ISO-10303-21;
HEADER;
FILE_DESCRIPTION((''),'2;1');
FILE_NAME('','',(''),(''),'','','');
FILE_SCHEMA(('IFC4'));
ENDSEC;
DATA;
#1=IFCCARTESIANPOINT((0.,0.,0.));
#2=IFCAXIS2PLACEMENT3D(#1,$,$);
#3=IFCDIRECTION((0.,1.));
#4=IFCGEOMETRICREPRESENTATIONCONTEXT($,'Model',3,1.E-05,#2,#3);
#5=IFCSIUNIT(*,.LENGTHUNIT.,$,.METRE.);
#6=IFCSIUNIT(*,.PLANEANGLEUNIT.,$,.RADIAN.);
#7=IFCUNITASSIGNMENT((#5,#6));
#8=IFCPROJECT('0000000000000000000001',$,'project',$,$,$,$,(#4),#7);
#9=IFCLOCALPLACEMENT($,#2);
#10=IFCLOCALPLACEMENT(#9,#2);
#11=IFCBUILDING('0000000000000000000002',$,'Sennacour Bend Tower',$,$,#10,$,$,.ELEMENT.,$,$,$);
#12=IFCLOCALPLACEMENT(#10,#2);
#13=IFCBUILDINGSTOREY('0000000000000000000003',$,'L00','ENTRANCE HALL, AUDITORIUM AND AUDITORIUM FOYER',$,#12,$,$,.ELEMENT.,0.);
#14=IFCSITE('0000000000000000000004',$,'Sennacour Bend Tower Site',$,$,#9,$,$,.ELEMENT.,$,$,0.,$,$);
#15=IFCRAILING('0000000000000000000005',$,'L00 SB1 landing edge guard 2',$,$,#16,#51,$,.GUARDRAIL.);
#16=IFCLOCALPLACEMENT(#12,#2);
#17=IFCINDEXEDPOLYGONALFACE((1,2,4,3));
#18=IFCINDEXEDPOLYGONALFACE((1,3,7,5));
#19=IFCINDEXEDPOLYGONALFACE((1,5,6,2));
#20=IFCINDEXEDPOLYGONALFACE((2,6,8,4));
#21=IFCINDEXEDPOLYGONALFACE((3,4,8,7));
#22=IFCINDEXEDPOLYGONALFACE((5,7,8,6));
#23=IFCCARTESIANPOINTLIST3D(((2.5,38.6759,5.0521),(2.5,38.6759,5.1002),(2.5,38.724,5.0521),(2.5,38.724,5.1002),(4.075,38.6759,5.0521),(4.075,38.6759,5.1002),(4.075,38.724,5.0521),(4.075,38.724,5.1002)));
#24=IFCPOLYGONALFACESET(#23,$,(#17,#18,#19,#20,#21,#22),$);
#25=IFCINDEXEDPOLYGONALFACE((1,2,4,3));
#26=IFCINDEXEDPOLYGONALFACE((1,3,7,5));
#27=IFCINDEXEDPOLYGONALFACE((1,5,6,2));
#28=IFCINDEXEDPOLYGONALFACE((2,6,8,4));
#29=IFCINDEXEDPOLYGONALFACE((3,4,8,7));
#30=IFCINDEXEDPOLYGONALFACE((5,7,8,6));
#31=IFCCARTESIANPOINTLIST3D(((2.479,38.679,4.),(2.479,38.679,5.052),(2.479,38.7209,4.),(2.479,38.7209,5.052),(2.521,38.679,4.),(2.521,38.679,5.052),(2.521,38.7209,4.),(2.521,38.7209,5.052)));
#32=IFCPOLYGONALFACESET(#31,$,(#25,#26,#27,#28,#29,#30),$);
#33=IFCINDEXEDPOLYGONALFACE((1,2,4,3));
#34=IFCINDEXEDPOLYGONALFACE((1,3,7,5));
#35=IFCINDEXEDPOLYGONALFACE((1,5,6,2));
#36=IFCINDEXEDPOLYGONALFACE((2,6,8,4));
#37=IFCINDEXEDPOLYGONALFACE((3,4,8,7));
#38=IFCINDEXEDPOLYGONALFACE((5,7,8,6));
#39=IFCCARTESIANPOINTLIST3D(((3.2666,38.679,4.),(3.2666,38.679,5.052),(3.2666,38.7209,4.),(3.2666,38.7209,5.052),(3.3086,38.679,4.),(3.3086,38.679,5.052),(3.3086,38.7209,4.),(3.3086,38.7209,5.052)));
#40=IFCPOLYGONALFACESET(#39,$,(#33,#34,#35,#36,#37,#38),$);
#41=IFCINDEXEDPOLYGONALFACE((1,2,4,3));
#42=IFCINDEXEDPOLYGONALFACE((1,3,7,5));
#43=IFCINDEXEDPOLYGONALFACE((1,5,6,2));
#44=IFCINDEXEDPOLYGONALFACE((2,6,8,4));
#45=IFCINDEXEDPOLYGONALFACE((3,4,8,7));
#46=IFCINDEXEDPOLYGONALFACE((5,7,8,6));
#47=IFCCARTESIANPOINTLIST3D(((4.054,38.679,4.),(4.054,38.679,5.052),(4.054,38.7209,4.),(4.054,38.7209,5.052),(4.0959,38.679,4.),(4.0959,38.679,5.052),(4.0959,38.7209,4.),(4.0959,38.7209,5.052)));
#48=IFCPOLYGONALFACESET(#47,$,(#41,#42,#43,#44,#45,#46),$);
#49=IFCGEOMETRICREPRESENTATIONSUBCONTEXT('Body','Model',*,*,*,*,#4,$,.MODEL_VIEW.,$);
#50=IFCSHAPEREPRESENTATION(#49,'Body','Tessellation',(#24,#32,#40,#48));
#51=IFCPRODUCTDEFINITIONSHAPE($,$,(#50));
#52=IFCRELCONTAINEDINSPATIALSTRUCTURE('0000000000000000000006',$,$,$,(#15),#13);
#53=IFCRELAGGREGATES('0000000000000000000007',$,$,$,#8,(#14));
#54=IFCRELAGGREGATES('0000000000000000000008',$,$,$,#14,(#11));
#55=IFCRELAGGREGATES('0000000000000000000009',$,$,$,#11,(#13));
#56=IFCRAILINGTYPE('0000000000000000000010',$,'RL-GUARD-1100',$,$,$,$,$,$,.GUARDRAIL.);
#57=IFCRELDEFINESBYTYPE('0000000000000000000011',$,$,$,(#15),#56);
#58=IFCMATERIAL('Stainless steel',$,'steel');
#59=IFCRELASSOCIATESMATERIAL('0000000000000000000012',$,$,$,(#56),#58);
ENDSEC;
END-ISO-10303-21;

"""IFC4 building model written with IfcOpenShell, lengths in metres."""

from ifc_helpers import new_model, si_unit, direction, frame, origin, origin_2d, place, context, subcontext, project, spatial, rectangle, extrude, material, type_object, element, save


model = new_model("IFC4")

# Units and contexts
model_context = context("Model", 3, precision=1e-05, world=origin(), true_north=direction((0.0, 1.0)))
body_context = subcontext(model_context, "Body", "Model", "MODEL_VIEW")
ifc_project = project(units=[si_unit("LENGTHUNIT", "METRE"), si_unit("PLANEANGLEUNIT", "RADIAN")], contexts=[model_context])

# Site, building, storey
site_placement = place(None, origin())
site = spatial("IfcSite", under=ifc_project, at=site_placement, Name="Sennacour Bend Tower Site", CompositionType="ELEMENT", RefElevation=0.0)
building_placement = place(site_placement, origin())
building = spatial("IfcBuilding", under=site, at=building_placement, Name="Sennacour Bend Tower", CompositionType="ELEMENT")
storey_placement = place(building_placement, origin())
storey = spatial("IfcBuildingStorey", under=building, at=storey_placement, Name="L00", Description="ENTRANCE HALL, AUDITORIUM AND AUDITORIUM FOYER", CompositionType="ELEMENT", Elevation=0.0)

# Railing
ifc_material_1 = material(Name="Stainless steel", Category="steel")
railing_type = type_object("IfcRailingType", Name="RL-GUARD-1100", PredefinedType="GUARDRAIL", material=ifc_material_1)
railing_1_placement = place(storey_placement, frame((2.5, 38.7, 4.0)))
element("IfcRailing", 1, at=railing_1_placement, inside=storey, type_object=railing_type, Name="L00 SB1 landing edge guard 2", PredefinedType="GUARDRAIL", context=body_context, shape_type="SweptSolid", body=[
    extrude(rectangle(XDim=0.0481, YDim=0.0481, at=origin_2d()), frame((0.0, 0.0, 1.0762), z_axis=(1.0, 0.0, 0.0), x_axis=(0.0, 1.0, 0.0)), (0.0, 0.0, 1.0), 1.575),
    extrude(rectangle(XDim=0.042, YDim=0.042, at=origin_2d()), origin(), (0.0, 0.0, 1.0), 1.052),
    extrude(rectangle(XDim=0.042, YDim=0.042, at=origin_2d()), frame((0.7876, 0.0, 0.0)), (0.0, 0.0, 1.0), 1.052),
    extrude(rectangle(XDim=0.042, YDim=0.042, at=origin_2d()), frame((1.575, 0.0, 0.0)), (0.0, 0.0, 1.0), 1.052),
])

save(model, "model.ifc")
